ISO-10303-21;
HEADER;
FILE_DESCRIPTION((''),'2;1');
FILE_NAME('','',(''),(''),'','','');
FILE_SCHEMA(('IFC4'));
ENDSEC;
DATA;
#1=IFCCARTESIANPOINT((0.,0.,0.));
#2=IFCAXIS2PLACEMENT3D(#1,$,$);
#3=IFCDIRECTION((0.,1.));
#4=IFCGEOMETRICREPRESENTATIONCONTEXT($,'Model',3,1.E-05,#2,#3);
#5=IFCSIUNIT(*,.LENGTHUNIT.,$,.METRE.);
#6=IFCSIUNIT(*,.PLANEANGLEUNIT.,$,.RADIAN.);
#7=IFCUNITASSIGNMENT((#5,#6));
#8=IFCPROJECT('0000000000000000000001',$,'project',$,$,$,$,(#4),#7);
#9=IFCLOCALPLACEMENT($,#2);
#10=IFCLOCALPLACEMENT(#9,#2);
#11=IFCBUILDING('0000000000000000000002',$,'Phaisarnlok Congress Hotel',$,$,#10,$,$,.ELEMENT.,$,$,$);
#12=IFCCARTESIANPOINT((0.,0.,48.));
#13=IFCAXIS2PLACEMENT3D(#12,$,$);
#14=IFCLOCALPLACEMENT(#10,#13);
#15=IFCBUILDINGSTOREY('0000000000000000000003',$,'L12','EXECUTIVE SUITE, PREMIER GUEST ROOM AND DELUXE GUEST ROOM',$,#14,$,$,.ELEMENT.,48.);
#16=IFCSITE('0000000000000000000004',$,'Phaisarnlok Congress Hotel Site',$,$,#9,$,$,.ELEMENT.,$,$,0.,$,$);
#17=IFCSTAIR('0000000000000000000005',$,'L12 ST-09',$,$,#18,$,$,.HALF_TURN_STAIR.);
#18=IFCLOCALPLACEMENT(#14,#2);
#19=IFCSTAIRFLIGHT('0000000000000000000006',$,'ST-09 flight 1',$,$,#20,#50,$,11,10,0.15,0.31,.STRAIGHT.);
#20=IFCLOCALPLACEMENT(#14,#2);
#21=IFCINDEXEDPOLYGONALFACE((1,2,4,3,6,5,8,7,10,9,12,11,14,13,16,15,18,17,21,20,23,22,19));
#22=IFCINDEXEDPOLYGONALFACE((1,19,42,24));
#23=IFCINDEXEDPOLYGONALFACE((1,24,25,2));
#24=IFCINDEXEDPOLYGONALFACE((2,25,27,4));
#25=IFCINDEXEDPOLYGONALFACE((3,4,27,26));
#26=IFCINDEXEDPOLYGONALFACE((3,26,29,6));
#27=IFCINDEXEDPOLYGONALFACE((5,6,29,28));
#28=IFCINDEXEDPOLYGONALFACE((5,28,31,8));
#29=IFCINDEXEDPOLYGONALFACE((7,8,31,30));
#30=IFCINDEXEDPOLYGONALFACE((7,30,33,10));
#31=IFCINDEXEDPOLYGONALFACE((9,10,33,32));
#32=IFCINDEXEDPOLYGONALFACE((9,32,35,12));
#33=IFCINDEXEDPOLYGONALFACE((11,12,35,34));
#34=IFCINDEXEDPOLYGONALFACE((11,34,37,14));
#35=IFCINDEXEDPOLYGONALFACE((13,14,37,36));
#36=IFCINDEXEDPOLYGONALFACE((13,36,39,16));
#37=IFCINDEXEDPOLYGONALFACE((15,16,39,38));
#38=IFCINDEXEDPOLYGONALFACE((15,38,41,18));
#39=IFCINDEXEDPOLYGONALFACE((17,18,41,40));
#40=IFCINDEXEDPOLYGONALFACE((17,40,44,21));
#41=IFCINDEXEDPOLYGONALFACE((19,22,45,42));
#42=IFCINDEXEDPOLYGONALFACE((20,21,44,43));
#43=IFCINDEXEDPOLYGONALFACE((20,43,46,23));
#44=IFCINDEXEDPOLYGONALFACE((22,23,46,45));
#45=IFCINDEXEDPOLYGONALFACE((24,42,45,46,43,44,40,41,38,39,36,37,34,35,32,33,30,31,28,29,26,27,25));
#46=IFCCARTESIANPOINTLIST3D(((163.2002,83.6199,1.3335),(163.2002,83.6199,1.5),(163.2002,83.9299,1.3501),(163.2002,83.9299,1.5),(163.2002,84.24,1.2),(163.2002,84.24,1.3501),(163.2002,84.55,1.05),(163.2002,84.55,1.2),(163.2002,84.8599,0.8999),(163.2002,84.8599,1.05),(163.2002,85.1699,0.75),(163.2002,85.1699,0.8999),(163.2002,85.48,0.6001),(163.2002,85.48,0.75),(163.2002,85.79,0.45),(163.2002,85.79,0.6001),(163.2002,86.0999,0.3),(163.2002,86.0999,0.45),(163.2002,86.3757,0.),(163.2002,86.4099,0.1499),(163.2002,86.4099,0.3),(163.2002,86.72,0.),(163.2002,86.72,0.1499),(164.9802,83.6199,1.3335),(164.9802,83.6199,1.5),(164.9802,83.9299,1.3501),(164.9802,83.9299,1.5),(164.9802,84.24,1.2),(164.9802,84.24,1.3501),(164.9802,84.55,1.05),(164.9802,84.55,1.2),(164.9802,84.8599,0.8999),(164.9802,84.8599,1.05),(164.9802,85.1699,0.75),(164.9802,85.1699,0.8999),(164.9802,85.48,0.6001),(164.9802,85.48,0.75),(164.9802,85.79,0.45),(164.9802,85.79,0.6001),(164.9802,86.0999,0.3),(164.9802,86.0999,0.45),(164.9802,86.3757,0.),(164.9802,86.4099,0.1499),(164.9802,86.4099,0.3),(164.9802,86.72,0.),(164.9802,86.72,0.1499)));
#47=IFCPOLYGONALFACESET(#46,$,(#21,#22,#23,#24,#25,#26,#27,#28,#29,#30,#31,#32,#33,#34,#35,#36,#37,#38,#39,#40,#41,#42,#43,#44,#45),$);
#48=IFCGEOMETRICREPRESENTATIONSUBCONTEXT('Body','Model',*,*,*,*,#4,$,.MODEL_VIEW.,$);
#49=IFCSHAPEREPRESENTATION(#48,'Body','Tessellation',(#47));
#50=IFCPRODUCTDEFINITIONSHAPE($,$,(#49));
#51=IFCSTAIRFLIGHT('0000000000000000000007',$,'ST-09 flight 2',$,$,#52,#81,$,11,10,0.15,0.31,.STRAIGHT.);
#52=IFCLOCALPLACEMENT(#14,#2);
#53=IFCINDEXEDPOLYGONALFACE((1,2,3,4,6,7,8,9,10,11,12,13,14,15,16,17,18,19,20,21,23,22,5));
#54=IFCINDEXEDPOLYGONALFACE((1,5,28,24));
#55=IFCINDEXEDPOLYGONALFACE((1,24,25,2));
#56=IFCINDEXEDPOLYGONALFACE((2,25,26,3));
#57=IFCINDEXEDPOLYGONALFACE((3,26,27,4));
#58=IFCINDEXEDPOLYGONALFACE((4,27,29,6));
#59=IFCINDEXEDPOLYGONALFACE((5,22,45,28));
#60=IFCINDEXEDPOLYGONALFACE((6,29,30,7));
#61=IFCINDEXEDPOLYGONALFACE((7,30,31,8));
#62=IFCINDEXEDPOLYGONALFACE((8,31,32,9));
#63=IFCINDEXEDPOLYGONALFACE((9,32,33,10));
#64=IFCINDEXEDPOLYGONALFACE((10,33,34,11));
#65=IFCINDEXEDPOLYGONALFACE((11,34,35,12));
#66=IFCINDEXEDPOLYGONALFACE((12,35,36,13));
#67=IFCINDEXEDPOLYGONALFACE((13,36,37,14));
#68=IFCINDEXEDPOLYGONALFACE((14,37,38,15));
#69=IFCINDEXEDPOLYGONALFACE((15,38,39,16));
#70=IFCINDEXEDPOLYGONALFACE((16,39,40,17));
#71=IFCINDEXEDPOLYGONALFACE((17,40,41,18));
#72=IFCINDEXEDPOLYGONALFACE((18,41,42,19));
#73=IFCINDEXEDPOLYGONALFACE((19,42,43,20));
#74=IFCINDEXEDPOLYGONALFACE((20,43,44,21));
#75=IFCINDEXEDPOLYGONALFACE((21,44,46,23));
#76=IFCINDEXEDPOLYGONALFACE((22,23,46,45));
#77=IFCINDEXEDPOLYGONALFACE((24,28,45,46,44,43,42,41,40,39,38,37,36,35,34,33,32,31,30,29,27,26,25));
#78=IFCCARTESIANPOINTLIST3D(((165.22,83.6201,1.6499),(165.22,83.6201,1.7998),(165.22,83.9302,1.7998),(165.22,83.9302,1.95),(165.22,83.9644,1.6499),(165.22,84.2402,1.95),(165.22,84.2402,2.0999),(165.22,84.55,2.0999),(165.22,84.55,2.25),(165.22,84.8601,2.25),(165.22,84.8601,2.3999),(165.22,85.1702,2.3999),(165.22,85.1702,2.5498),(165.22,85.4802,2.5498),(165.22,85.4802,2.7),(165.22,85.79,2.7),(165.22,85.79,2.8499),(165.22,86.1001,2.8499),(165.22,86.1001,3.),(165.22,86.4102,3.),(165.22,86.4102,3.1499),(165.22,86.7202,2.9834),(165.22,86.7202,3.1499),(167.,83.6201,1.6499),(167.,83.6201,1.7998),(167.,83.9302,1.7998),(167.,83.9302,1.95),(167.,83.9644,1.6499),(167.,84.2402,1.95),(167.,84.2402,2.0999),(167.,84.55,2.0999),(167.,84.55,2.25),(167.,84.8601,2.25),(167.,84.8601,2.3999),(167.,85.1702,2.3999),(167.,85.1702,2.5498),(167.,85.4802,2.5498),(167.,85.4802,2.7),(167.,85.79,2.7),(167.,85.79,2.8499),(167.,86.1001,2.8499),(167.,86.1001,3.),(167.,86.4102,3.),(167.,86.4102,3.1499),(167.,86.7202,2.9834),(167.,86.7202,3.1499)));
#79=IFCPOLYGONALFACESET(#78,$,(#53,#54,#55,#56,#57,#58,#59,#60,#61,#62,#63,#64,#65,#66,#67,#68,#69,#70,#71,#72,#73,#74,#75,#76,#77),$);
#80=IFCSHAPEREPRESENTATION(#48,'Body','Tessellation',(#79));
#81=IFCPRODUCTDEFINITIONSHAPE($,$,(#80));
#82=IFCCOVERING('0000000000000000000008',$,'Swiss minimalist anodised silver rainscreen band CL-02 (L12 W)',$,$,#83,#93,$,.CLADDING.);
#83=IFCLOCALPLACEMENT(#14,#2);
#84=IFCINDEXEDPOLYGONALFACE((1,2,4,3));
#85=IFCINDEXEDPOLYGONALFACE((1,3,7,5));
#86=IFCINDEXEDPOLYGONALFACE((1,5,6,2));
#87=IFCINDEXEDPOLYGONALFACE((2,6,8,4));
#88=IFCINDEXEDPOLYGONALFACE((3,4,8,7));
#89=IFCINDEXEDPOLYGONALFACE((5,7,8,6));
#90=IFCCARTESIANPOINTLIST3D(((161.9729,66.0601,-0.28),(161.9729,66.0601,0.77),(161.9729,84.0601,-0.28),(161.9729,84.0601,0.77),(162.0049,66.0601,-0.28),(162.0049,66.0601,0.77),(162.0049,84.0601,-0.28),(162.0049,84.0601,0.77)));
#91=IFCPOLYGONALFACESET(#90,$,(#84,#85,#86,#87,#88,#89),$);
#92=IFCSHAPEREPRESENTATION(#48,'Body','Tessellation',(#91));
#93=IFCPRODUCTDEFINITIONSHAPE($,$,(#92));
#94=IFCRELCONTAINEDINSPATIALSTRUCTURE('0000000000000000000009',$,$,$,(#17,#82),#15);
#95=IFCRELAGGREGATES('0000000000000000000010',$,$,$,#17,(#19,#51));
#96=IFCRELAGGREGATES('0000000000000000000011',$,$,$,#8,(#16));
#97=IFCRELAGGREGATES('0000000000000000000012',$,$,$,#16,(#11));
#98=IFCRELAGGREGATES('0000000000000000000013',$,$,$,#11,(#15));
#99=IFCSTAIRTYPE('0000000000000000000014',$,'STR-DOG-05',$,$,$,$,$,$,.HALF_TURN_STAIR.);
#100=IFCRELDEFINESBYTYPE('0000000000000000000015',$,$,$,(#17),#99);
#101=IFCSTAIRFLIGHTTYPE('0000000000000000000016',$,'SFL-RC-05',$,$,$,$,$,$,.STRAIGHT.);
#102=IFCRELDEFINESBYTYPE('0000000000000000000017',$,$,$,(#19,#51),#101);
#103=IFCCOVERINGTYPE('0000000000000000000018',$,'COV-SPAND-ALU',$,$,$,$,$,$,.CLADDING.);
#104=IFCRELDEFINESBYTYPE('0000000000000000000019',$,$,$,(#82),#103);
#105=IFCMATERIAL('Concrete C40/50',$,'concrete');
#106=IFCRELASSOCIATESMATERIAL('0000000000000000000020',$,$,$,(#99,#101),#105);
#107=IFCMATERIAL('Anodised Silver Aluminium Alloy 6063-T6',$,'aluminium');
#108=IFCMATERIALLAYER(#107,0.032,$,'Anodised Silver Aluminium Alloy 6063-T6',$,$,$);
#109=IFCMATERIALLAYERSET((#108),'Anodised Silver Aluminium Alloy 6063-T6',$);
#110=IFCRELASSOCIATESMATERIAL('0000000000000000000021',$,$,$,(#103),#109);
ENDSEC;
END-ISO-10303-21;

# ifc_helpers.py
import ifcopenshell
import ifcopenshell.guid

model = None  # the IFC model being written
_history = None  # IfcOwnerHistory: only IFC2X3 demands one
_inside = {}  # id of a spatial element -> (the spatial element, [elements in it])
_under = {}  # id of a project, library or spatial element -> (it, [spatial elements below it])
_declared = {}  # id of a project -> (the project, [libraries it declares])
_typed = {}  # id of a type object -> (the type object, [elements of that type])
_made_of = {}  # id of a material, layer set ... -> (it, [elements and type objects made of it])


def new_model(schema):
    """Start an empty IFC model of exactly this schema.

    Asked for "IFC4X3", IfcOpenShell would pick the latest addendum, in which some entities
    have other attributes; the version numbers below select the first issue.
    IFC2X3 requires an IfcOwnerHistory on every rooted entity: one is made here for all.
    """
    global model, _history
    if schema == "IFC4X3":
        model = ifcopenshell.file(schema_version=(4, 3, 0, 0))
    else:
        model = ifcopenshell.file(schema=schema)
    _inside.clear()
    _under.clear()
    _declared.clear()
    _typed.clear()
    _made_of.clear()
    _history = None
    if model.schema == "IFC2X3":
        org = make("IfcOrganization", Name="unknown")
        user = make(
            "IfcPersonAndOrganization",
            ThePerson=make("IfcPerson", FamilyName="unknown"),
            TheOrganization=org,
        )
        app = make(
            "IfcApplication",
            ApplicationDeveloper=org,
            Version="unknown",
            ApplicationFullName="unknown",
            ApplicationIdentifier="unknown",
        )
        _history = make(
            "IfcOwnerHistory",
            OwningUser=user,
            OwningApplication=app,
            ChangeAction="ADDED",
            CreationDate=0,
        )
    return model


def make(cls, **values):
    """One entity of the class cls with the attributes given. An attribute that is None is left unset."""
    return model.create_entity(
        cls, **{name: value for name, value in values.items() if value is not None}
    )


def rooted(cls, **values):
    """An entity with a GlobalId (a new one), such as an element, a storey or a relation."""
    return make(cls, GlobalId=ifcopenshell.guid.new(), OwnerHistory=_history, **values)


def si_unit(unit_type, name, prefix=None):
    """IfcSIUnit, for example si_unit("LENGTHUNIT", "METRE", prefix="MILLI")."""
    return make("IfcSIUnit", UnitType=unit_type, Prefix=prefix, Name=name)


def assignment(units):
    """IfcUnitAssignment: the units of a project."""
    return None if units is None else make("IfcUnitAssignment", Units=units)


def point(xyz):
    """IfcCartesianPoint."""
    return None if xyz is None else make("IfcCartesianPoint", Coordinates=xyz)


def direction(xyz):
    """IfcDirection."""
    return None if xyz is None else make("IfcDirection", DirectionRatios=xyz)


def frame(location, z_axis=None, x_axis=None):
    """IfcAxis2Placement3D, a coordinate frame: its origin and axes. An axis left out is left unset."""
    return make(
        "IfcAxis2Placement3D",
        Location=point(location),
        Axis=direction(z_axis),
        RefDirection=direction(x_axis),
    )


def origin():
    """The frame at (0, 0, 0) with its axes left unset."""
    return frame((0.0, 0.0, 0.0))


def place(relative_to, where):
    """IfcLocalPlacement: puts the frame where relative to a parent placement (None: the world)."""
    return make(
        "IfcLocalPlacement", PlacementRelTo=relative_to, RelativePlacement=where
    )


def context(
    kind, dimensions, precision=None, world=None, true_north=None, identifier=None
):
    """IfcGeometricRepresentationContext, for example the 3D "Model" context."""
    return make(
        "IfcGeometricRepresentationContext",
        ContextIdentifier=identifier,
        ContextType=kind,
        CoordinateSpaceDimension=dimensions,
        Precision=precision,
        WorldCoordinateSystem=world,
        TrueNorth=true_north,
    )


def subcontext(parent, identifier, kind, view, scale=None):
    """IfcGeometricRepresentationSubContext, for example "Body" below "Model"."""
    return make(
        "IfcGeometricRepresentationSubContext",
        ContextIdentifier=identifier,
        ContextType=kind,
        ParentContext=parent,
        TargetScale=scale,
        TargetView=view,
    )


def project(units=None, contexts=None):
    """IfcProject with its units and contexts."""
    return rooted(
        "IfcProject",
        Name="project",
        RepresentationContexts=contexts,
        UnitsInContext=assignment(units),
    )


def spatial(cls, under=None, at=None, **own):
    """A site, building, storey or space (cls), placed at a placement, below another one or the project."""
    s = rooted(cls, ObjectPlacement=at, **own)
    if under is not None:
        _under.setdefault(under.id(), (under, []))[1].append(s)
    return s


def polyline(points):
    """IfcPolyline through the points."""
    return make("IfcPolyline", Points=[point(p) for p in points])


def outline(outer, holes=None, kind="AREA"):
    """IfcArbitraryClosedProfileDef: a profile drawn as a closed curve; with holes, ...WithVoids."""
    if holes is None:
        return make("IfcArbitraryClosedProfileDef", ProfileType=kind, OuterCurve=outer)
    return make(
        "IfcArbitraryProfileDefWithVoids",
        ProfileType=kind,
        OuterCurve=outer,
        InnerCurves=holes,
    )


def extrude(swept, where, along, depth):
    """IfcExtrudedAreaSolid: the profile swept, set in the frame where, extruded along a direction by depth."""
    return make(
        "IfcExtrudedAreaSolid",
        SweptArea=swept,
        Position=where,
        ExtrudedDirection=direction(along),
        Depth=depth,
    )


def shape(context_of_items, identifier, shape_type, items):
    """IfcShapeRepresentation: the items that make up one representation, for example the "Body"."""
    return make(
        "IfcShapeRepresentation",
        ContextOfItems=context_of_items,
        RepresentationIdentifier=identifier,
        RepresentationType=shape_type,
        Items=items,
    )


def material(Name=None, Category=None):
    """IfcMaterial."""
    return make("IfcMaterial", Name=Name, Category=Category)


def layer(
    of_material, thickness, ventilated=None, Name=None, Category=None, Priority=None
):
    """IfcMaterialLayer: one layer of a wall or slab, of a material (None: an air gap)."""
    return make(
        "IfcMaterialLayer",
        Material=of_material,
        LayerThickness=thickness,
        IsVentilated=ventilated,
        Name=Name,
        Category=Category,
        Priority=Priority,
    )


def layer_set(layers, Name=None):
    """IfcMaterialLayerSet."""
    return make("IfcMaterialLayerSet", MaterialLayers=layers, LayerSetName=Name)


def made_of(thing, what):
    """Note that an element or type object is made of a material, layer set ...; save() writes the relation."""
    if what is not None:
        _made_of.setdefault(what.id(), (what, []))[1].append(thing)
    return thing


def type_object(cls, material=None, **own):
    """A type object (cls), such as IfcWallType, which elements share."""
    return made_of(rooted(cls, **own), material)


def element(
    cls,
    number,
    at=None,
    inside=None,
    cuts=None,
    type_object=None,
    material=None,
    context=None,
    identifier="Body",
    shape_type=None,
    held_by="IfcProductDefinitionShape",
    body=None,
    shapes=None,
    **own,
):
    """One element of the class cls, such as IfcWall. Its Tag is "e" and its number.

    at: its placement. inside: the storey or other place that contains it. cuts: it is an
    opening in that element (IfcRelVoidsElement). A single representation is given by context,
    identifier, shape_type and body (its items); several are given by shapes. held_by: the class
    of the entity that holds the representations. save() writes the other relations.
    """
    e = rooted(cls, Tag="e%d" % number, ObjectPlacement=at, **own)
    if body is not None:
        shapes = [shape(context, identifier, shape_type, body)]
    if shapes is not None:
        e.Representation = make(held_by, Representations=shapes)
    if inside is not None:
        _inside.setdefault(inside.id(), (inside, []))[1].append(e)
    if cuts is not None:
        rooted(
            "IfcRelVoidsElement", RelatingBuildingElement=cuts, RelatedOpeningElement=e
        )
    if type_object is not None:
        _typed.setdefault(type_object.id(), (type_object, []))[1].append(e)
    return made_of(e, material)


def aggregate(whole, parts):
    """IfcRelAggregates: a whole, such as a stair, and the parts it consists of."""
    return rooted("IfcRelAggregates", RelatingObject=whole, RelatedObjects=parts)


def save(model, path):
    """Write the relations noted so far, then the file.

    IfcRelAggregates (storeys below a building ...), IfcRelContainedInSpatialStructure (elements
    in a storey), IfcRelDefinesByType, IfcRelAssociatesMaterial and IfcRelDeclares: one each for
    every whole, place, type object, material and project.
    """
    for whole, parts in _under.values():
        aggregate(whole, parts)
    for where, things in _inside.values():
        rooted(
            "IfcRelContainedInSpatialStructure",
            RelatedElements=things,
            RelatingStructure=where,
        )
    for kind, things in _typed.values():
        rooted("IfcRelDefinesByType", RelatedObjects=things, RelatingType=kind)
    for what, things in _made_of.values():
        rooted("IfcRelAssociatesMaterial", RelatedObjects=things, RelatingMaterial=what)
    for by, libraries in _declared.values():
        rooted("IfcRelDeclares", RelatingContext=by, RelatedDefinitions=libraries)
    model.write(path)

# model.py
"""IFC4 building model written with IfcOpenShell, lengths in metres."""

from ifc_helpers import new_model, si_unit, direction, frame, origin, place, context, subcontext, project, spatial, polyline, outline, extrude, material, layer, layer_set, type_object, element, aggregate, save


model = new_model("IFC4")

# Units and contexts
model_context = context("Model", 3, precision=1e-05, world=origin(), true_north=direction((0.0, 1.0)))
body_context = subcontext(model_context, "Body", "Model", "MODEL_VIEW")
ifc_project = project(units=[si_unit("LENGTHUNIT", "METRE"), si_unit("PLANEANGLEUNIT", "RADIAN")], contexts=[model_context])

# Site, building, storey
site_placement = place(None, origin())
site = spatial("IfcSite", under=ifc_project, at=site_placement, Name="Phaisarnlok Congress Hotel Site", CompositionType="ELEMENT", RefElevation=0.0)
building_placement = place(site_placement, origin())
building = spatial("IfcBuilding", under=site, at=building_placement, Name="Phaisarnlok Congress Hotel", CompositionType="ELEMENT")
storey_placement = place(building_placement, frame((0.0, 0.0, 48.0)))
storey = spatial("IfcBuildingStorey", under=building, at=storey_placement, Name="L12", Description="EXECUTIVE SUITE, PREMIER GUEST ROOM AND DELUXE GUEST ROOM", CompositionType="ELEMENT", Elevation=48.0)

# Shared definitions
ifc_material_1 = material(Name="Concrete C40/50", Category="concrete")

# Stair, stair flights
stair_type = type_object("IfcStairType", Name="STR-DOG-05", PredefinedType="HALF_TURN_STAIR", material=ifc_material_1)
stair_placement = place(storey_placement, origin())
stair = element("IfcStair", 1, at=stair_placement, inside=storey, type_object=stair_type, Name="L12 ST-09", PredefinedType="HALF_TURN_STAIR")
stair_flight_type = type_object("IfcStairFlightType", Name="SFL-RC-05", PredefinedType="STRAIGHT", material=ifc_material_1)
stair_flight_1_placement = place(storey_placement, frame((164.0901, 86.72, 0.0), z_axis=(0.0, 0.0, 1.0), x_axis=(0.0, -1.0, 0.0)))
stair_flight_1 = element("IfcStairFlight", 2, at=stair_flight_1_placement, type_object=stair_flight_type, Name="ST-09 flight 1", NumberOfRisers=11, NumberOfTreads=10, PredefinedType="STRAIGHT", RiserHeight=0.15, TreadLength=0.31, context=body_context, shape_type="SweptSolid", body=[
    extrude(outline(polyline([(0.0, 0.0), (0.0, 0.1499), (0.3101, 0.1499), (0.3101, 0.3), (0.6201, 0.3), (0.6201, 0.45), (0.9299, 0.45), (0.9299, 0.6001), (1.24, 0.6001), (1.24, 0.75), (1.55, 0.75), (1.55, 0.8999), (1.8601, 0.8999), (1.8601, 1.05), (2.1699, 1.05), (2.1699, 1.2), (2.48, 1.2), (2.48, 1.3501), (2.79, 1.3501), (2.79, 1.5), (3.1001, 1.5), (3.1001, 1.6499), (3.1001, 1.3335), (0.3442, 0.0), (0.0, 0.0)])), frame((0.0, 0.8901, 0.0), z_axis=(0.0, -1.0, 0.0), x_axis=(1.0, 0.0, 0.0)), (0.0, 0.0, 1.0), 1.78),
])
stair_flight_2_placement = place(storey_placement, frame((166.1101, 83.6201, 1.6499), z_axis=(0.0, 0.0, 1.0), x_axis=(0.0, 1.0, 0.0)))
stair_flight_2 = element("IfcStairFlight", 3, at=stair_flight_2_placement, type_object=stair_flight_type, Name="ST-09 flight 2", NumberOfRisers=11, NumberOfTreads=10, PredefinedType="STRAIGHT", RiserHeight=0.15, TreadLength=0.31, context=body_context, shape_type="SweptSolid", body=[
    extrude(outline(polyline([(0.0, 0.0), (0.0, 0.1499), (0.3101, 0.1499), (0.3101, 0.3), (0.6201, 0.3), (0.6201, 0.45), (0.9299, 0.45), (0.9299, 0.6001), (1.24, 0.6001), (1.24, 0.75), (1.55, 0.75), (1.55, 0.8999), (1.8601, 0.8999), (1.8601, 1.05), (2.1699, 1.05), (2.1699, 1.2), (2.48, 1.2), (2.48, 1.3501), (2.79, 1.3501), (2.79, 1.5), (3.1001, 1.5), (3.1001, 1.6499), (3.1001, 1.3335), (0.3442, 0.0), (0.0, 0.0)])), frame((0.0, 0.8901, 0.0), z_axis=(0.0, -1.0, 0.0), x_axis=(1.0, 0.0, 0.0)), (0.0, 0.0, 1.0), 1.78),
])
aggregate(stair, [stair_flight_1, stair_flight_2])

# Covering
ifc_material_2 = material(Name="Anodised Silver Aluminium Alloy 6063-T6", Category="aluminium")
ifc_layer_1 = layer(ifc_material_2, 0.032, Name="Anodised Silver Aluminium Alloy 6063-T6")
ifc_layer_set_1 = layer_set([ifc_layer_1], Name="Anodised Silver Aluminium Alloy 6063-T6")
covering_type = type_object("IfcCoveringType", Name="COV-SPAND-ALU", PredefinedType="CLADDING", material=ifc_layer_set_1)
covering_placement = place(storey_placement, frame((162.0049, 84.0601, -0.28), z_axis=(-1.0, 0.0, 0.0), x_axis=(0.0, -1.0, 0.0)))
element("IfcCovering", 4, at=covering_placement, inside=storey, type_object=covering_type, Name="Swiss minimalist anodised silver rainscreen band CL-02 (L12 W)", PredefinedType="CLADDING", context=body_context, shape_type="SweptSolid", body=[
    extrude(outline(polyline([(0.0, 0.0), (18.0, 0.0), (18.0, 1.05), (0.0, 1.05), (0.0, 0.0)])), origin(), (0.0, 0.0, 1.0), 0.032),
])

save(model, "model.ifc")
